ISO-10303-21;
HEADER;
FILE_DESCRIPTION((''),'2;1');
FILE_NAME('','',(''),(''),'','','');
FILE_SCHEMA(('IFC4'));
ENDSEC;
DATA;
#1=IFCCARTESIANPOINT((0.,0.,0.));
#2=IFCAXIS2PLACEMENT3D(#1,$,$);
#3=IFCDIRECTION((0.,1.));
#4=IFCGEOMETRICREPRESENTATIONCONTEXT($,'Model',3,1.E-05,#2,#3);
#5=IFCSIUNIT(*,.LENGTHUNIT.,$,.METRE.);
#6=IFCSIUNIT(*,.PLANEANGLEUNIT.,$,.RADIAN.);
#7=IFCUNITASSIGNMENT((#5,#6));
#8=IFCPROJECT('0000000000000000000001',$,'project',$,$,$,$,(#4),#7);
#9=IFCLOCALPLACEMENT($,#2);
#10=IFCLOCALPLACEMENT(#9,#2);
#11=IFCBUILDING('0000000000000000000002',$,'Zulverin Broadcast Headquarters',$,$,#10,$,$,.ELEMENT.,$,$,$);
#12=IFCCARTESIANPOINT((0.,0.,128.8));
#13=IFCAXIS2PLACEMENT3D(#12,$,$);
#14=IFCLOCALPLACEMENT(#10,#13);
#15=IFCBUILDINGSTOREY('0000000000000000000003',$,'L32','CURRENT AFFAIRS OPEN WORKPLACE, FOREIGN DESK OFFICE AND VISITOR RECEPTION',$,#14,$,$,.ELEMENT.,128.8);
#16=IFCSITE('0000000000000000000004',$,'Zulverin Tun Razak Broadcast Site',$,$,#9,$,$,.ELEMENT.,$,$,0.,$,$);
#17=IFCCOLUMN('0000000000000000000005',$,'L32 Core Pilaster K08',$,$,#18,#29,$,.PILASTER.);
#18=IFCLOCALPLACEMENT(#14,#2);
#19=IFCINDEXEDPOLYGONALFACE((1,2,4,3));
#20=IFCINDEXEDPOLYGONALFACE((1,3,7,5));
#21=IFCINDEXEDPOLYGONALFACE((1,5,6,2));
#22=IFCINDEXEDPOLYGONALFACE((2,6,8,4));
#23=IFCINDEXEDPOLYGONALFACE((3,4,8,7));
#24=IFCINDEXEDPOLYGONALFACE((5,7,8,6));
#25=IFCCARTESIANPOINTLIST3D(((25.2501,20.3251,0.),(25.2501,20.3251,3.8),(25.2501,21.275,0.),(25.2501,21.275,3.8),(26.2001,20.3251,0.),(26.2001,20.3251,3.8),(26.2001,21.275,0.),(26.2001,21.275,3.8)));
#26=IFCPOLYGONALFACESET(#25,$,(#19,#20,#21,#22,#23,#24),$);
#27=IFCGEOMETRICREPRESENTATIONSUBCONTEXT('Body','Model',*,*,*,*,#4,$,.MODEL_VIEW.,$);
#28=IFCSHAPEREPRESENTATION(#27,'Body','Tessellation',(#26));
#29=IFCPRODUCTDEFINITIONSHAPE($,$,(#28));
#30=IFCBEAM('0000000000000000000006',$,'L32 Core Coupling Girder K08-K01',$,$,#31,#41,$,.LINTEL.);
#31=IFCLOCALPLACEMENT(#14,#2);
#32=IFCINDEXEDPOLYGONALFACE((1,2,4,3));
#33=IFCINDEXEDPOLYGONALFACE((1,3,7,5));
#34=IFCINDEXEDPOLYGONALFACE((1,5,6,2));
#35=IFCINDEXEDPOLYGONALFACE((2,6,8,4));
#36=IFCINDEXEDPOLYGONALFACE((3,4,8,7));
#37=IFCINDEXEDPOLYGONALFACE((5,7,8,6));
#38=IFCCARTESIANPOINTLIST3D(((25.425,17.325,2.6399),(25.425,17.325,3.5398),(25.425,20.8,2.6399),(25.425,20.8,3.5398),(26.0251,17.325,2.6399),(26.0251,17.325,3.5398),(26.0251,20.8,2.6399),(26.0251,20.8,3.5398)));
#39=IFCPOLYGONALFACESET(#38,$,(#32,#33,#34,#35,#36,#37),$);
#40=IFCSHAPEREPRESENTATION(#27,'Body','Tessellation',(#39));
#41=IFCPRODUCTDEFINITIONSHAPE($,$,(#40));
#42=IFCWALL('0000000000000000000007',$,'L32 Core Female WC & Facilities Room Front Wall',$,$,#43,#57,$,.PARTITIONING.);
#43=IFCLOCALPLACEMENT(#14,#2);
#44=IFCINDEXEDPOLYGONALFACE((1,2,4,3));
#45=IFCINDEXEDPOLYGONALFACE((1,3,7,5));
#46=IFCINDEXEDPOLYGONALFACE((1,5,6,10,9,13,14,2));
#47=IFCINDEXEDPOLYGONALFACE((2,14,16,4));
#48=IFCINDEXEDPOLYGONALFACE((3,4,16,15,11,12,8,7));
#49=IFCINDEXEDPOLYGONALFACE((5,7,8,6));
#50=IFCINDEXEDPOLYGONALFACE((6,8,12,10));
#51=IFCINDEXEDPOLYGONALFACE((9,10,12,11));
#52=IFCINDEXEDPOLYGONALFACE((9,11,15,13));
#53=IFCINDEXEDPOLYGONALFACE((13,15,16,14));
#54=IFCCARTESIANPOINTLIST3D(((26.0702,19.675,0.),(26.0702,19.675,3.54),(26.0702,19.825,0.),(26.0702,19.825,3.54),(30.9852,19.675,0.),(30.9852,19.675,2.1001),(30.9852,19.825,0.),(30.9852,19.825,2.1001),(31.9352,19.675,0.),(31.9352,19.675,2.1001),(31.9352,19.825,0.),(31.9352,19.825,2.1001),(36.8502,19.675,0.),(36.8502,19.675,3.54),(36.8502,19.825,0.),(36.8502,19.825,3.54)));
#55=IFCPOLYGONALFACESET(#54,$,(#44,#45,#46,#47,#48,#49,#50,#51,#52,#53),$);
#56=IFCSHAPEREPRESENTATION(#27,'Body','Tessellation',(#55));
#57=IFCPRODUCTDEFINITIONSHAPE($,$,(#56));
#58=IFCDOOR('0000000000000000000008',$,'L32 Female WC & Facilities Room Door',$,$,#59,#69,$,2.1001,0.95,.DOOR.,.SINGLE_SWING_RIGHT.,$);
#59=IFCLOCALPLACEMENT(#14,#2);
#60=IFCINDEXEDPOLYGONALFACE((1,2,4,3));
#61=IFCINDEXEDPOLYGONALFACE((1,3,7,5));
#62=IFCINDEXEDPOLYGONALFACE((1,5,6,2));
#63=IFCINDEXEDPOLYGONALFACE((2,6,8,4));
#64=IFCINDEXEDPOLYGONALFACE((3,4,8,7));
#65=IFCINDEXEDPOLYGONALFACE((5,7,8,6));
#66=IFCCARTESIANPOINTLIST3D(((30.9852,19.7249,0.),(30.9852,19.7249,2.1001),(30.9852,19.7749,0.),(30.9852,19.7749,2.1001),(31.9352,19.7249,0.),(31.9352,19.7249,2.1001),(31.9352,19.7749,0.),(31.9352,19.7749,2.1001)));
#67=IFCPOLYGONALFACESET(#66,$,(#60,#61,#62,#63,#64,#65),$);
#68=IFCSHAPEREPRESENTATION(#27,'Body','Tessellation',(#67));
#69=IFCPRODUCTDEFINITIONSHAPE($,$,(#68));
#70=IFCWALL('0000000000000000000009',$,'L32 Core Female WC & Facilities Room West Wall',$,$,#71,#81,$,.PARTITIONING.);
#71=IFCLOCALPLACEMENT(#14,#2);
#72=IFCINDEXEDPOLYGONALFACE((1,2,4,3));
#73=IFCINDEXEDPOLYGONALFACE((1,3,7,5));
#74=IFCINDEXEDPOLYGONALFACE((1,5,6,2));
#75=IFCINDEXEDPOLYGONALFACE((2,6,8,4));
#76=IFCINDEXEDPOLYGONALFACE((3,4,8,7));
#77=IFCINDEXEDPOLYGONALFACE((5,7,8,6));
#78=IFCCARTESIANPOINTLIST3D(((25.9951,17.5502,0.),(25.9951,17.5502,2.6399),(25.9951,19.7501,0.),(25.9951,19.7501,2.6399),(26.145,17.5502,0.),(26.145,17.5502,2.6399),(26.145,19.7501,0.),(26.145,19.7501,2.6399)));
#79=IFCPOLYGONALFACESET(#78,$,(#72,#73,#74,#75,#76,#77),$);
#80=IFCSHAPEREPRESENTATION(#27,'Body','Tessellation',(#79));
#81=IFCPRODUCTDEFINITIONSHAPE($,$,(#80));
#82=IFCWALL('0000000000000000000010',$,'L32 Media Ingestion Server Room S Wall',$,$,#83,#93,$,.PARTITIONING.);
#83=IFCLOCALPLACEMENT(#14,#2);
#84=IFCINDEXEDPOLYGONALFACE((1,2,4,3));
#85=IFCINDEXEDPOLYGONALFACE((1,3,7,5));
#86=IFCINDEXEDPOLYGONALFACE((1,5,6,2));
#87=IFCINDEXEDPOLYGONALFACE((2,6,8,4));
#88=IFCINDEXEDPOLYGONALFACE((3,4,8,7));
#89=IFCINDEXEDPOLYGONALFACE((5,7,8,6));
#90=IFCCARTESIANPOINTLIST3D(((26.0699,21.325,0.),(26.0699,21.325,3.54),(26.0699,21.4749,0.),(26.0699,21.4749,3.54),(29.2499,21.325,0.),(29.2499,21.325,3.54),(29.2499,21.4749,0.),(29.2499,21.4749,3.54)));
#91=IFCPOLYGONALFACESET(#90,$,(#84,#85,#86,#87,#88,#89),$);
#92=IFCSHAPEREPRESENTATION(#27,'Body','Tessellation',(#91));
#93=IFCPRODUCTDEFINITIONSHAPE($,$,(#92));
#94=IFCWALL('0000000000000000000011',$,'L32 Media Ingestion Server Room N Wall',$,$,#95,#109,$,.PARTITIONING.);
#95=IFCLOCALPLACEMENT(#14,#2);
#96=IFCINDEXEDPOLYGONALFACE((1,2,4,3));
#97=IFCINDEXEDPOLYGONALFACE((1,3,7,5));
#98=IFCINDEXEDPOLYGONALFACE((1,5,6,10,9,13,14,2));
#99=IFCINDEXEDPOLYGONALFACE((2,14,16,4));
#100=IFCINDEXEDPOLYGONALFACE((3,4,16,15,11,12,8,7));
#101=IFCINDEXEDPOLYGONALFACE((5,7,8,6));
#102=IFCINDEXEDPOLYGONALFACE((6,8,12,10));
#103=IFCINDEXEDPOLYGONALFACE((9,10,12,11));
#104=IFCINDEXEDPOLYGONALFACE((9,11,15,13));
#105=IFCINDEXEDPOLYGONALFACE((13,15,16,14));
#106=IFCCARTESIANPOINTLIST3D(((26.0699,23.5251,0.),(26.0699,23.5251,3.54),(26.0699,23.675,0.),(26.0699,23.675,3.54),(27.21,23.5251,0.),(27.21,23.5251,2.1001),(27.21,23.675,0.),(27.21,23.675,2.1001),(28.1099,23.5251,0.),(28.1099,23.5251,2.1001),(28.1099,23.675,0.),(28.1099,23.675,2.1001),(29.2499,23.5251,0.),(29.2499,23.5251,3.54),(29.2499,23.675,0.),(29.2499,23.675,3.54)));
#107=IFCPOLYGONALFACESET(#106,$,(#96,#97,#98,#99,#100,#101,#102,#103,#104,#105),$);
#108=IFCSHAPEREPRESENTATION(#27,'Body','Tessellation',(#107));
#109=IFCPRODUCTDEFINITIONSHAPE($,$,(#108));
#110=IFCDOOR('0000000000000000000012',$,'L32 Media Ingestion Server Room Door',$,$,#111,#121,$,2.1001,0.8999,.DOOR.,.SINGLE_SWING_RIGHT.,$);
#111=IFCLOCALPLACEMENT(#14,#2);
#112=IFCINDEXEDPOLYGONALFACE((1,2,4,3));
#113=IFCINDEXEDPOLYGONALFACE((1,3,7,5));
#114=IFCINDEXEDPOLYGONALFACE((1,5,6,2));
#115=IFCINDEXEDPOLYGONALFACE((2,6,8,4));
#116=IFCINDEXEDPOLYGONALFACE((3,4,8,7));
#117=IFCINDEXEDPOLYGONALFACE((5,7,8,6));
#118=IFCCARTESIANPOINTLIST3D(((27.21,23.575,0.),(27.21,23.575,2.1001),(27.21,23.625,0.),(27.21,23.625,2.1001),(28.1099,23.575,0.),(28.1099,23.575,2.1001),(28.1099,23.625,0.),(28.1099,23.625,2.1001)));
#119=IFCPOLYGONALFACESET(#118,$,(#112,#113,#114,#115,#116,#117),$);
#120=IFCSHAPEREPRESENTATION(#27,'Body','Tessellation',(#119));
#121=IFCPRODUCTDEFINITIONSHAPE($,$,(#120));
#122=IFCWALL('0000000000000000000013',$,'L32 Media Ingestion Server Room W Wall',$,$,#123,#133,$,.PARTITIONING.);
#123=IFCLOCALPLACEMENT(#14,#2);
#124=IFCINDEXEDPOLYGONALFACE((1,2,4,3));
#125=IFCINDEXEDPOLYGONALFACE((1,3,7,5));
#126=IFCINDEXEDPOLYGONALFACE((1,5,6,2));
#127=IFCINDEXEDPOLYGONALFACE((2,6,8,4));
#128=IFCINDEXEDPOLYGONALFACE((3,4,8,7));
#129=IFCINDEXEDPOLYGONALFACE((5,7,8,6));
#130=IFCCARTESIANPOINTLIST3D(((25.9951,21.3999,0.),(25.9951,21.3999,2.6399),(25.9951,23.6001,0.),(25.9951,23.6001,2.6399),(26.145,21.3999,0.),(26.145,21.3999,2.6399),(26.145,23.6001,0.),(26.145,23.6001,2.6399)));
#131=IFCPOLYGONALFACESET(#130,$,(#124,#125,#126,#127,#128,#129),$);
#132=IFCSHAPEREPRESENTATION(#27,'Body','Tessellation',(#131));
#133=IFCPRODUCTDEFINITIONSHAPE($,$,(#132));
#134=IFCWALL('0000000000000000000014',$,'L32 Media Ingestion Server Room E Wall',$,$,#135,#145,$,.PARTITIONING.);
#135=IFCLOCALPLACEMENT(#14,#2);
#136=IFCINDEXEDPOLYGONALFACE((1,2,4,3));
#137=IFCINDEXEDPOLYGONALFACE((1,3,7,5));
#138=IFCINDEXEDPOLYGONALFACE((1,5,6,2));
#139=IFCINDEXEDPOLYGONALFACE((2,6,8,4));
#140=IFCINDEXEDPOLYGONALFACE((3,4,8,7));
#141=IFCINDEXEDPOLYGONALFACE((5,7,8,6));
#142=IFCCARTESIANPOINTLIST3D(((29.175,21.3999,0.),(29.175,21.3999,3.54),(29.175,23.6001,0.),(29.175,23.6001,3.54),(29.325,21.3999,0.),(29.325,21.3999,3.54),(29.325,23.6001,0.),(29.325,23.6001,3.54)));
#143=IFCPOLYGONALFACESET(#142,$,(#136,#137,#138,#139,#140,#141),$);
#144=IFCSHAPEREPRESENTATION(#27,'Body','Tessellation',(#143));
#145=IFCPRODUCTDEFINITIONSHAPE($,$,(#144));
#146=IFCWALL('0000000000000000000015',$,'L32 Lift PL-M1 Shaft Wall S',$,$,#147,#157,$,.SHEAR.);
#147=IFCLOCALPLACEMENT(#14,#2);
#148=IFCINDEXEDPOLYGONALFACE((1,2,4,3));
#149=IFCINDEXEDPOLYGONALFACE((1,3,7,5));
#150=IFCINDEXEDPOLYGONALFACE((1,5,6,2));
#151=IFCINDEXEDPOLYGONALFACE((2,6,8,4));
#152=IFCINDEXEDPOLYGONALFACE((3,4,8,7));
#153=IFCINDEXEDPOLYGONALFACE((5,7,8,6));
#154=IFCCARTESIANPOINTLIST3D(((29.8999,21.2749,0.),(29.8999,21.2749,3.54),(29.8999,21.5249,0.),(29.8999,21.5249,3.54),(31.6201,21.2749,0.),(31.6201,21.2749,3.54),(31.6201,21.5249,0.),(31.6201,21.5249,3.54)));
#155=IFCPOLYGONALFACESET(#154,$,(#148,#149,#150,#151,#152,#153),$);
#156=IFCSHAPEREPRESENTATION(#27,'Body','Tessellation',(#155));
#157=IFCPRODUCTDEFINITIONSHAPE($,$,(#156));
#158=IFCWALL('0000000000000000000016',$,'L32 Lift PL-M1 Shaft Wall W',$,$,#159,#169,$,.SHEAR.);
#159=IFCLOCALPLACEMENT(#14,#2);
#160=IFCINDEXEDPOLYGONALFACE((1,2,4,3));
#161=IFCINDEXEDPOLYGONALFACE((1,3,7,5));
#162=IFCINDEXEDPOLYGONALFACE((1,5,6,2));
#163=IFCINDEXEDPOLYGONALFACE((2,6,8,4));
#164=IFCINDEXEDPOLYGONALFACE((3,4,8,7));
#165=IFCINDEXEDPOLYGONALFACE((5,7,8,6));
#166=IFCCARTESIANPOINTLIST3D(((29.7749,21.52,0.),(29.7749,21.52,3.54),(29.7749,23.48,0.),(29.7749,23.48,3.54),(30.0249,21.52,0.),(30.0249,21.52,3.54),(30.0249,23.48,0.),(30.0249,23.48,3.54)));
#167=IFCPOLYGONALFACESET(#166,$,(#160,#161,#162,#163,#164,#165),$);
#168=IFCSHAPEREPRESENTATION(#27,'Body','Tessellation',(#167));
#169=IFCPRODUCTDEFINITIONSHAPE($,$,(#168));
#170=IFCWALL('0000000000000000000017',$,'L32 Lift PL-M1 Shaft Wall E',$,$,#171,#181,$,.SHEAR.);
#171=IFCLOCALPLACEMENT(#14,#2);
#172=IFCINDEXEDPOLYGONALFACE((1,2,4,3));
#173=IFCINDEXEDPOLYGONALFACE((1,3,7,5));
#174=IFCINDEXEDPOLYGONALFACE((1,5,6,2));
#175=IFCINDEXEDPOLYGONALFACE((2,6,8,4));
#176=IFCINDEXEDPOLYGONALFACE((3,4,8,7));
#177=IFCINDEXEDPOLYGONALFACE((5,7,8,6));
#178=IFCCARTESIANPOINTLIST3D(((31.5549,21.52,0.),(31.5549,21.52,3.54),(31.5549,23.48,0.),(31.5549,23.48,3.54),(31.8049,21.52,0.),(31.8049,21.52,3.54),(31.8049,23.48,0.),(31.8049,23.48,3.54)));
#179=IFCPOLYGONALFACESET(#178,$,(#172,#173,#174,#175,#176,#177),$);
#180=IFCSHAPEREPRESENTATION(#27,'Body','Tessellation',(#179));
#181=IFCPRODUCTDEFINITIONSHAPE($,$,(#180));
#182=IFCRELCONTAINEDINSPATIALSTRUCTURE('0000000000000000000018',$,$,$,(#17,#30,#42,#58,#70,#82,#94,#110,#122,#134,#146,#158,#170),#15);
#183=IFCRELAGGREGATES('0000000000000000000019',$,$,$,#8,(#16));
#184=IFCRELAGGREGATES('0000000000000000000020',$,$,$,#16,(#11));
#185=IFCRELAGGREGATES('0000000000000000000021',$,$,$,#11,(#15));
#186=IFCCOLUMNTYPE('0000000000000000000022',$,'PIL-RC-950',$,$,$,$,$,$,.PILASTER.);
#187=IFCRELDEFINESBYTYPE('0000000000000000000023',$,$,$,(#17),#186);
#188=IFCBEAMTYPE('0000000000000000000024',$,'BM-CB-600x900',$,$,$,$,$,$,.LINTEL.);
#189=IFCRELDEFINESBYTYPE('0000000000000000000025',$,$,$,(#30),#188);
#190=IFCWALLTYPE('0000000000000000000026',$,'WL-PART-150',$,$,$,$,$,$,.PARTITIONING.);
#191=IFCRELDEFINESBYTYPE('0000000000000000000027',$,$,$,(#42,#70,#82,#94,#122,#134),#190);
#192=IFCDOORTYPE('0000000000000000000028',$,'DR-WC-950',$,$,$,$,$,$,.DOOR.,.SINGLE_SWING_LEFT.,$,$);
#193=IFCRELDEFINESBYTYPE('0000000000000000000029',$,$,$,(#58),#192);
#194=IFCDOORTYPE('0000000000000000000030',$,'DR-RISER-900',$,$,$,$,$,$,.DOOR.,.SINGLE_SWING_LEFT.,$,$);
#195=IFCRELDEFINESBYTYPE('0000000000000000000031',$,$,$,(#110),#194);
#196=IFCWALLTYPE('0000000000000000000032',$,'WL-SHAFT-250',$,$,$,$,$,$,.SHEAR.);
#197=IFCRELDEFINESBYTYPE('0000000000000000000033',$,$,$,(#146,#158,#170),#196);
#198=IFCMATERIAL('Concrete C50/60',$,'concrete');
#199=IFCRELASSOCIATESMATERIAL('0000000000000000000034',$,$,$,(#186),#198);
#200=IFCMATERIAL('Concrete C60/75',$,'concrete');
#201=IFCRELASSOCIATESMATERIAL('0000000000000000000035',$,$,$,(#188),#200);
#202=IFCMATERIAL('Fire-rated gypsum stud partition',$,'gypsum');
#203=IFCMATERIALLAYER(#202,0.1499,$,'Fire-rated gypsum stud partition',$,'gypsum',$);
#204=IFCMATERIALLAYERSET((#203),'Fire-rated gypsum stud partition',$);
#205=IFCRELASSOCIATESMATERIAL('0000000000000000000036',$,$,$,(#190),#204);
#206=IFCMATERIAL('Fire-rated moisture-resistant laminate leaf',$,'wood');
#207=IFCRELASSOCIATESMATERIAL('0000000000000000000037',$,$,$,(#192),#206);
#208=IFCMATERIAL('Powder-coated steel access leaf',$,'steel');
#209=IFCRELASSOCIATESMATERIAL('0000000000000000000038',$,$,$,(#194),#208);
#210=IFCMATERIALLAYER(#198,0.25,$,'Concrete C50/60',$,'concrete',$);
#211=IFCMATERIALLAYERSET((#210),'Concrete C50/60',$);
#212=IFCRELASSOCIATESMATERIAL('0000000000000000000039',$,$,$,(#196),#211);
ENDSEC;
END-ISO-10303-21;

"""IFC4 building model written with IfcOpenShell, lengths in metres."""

from ifc_helpers import new_model, si_unit, direction, frame, frame_2d, origin, origin_2d, place, context, subcontext, project, spatial, rectangle, extrude, material, layer, layer_set, material_profile, profile_set, type_object, element, fill, save


model = new_model("IFC4")

# Units and contexts
model_context = context("Model", 3, precision=1e-05, world=origin(), true_north=direction((0.0, 1.0)))
body_context = subcontext(model_context, "Body", "Model", "MODEL_VIEW")
ifc_project = project(units=[si_unit("LENGTHUNIT", "METRE"), si_unit("PLANEANGLEUNIT", "RADIAN")], contexts=[model_context])

# Site, building, storey
site_placement = place(None, origin())
site = spatial("IfcSite", under=ifc_project, at=site_placement, Name="Zulverin Tun Razak Broadcast Site", CompositionType="ELEMENT", RefElevation=0.0)
building_placement = place(site_placement, origin())
building = spatial("IfcBuilding", under=site, at=building_placement, Name="Zulverin Broadcast Headquarters", CompositionType="ELEMENT")
storey_placement = place(building_placement, frame((0.0, 0.0, 128.8)))
storey = spatial("IfcBuildingStorey", under=building, at=storey_placement, Name="L32", Description="CURRENT AFFAIRS OPEN WORKPLACE, FOREIGN DESK OFFICE AND VISITOR RECEPTION", CompositionType="ELEMENT", Elevation=128.8)

# Column
ifc_material_1 = material(Name="Concrete C50/60", Category="concrete")
ifc_material_profile_1 = material_profile(ifc_material_1, rectangle(XDim=0.95, YDim=0.95, at=origin_2d()), Name="Concrete C50/60", Category="concrete")
ifc_profile_set_1 = profile_set([ifc_material_profile_1], Name="Concrete C50/60")
column_type = type_object("IfcColumnType", Name="PIL-RC-950", PredefinedType="PILASTER", material=ifc_profile_set_1)
column_placement = place(storey_placement, frame((25.7251, 20.8, 0.0), z_axis=(0.0, 0.0, 1.0), x_axis=(1.0, 0.0, 0.0)))
element("IfcColumn", 1, at=column_placement, inside=storey, type_object=column_type, Name="L32 Core Pilaster K08", PredefinedType="PILASTER", context=body_context, shape_type="SweptSolid", body=[
    extrude(rectangle(XDim=0.95, YDim=0.95, at=origin_2d()), origin(), (0.0, 0.0, 1.0), 3.8),
])

# Beam
ifc_material_2 = material(Name="Concrete C60/75", Category="concrete")
ifc_material_profile_2 = material_profile(ifc_material_2, rectangle(XDim=0.6001, YDim=0.8999, at=origin_2d()), Name="Concrete C60/75", Category="concrete")
ifc_profile_set_2 = profile_set([ifc_material_profile_2], Name="Concrete C60/75")
beam_type = type_object("IfcBeamType", Name="BM-CB-600x900", PredefinedType="LINTEL", material=ifc_profile_set_2)
beam_placement = place(storey_placement, frame((25.7251, 20.8, 3.0898), z_axis=(0.0, -1.0, 0.0), x_axis=(1.0, 0.0, 0.0)))
element("IfcBeam", 2, at=beam_placement, inside=storey, type_object=beam_type, Name="L32 Core Coupling Girder K08-K01", PredefinedType="LINTEL", context=body_context, shape_type="SweptSolid", body=[
    extrude(rectangle(XDim=0.6001, YDim=0.8999, at=origin_2d()), origin(), (0.0, 0.0, 1.0), 3.4751),
])

# Wall, opening, door
ifc_material_3 = material(Name="Fire-rated gypsum stud partition", Category="gypsum")
ifc_layer_1 = layer(ifc_material_3, 0.1499, Name="Fire-rated gypsum stud partition", Category="gypsum")
ifc_layer_set_1 = layer_set([ifc_layer_1], Name="Fire-rated gypsum stud partition")
wall_type_1 = type_object("IfcWallType", Name="WL-PART-150", PredefinedType="PARTITIONING", material=ifc_layer_set_1)
wall_1_placement = place(storey_placement, frame((26.0701, 19.75, 0.0), z_axis=(0.0, 0.0, 1.0), x_axis=(1.0, 0.0, 0.0)))
wall_1 = element("IfcWall", 3, at=wall_1_placement, inside=storey, type_object=wall_type_1, Name="L32 Core Female WC & Facilities Room Front Wall", PredefinedType="PARTITIONING", context=body_context, shape_type="SweptSolid", body=[
    extrude(rectangle(XDim=10.78, YDim=0.1499, at=frame_2d((5.3901, 0.0))), origin(), (0.0, 0.0, 1.0), 3.54),
])
opening_1_placement = place(wall_1_placement, frame((4.915, 0.0, 0.0)))
opening_1 = element("IfcOpeningElement", 4, at=opening_1_placement, cuts=wall_1, PredefinedType="OPENING", context=body_context, shape_type="SweptSolid", body=[
    extrude(rectangle(XDim=0.95, YDim=2.1001, at=frame_2d((0.4751, 1.05))), frame((0.0, 0.085, 0.0), z_axis=(0.0, -1.0, 0.0), x_axis=(1.0, 0.0, 0.0)), (0.0, 0.0, 1.0), 0.1699),
])
ifc_material_4 = material(Name="Fire-rated moisture-resistant laminate leaf", Category="wood")
door_type_1 = type_object("IfcDoorType", Name="DR-WC-950", OperationType="SINGLE_SWING_LEFT", PredefinedType="DOOR", material=ifc_material_4)
door_1_placement = place(opening_1_placement, origin())
door_1 = element("IfcDoor", 5, at=door_1_placement, inside=storey, type_object=door_type_1, Name="L32 Female WC & Facilities Room Door", OperationType="SINGLE_SWING_RIGHT", OverallHeight=2.1001, OverallWidth=0.95, PredefinedType="DOOR", context=body_context, shape_type="SweptSolid", body=[
    extrude(rectangle(XDim=0.95, YDim=2.1001, at=frame_2d((0.4751, 1.05))), frame((0.0, 0.0249, 0.0), z_axis=(0.0, -1.0, 0.0), x_axis=(1.0, 0.0, 0.0)), (0.0, 0.0, 1.0), 0.05),
])
fill(opening_1, door_1)

# Walls
wall_2_placement = place(storey_placement, frame((26.0701, 17.55, 0.0), z_axis=(0.0, 0.0, 1.0), x_axis=(0.0, 1.0, 0.0)))
element("IfcWall", 6, at=wall_2_placement, inside=storey, type_object=wall_type_1, Name="L32 Core Female WC & Facilities Room West Wall", PredefinedType="PARTITIONING", context=body_context, shape_type="SweptSolid", body=[
    extrude(rectangle(XDim=2.2, YDim=0.1499, at=frame_2d((1.1001, 0.0))), origin(), (0.0, 0.0, 1.0), 2.6399),
])
wall_3_placement = place(storey_placement, frame((26.0701, 21.3999, 0.0), z_axis=(0.0, 0.0, 1.0), x_axis=(1.0, 0.0, 0.0)))
element("IfcWall", 7, at=wall_3_placement, inside=storey, type_object=wall_type_1, Name="L32 Media Ingestion Server Room S Wall", PredefinedType="PARTITIONING", context=body_context, shape_type="SweptSolid", body=[
    extrude(rectangle(XDim=3.1799, YDim=0.1499, at=frame_2d((1.5898, 0.0))), origin(), (0.0, 0.0, 1.0), 3.54),
])

# Wall, opening, door
wall_4_placement = place(storey_placement, frame((26.0701, 23.6001, 0.0), z_axis=(0.0, 0.0, 1.0), x_axis=(1.0, 0.0, 0.0)))
wall_4 = element("IfcWall", 8, at=wall_4_placement, inside=storey, type_object=wall_type_1, Name="L32 Media Ingestion Server Room N Wall", PredefinedType="PARTITIONING", context=body_context, shape_type="SweptSolid", body=[
    extrude(rectangle(XDim=3.1799, YDim=0.1499, at=frame_2d((1.5898, 0.0))), origin(), (0.0, 0.0, 1.0), 3.54),
])
opening_2_placement = place(wall_4_placement, frame((1.1399, 0.0, 0.0)))
opening_2 = element("IfcOpeningElement", 9, at=opening_2_placement, cuts=wall_4, PredefinedType="OPENING", context=body_context, shape_type="SweptSolid", body=[
    extrude(rectangle(XDim=0.8999, YDim=2.1001, at=frame_2d((0.45, 1.05))), frame((0.0, 0.085, 0.0), z_axis=(0.0, -1.0, 0.0), x_axis=(1.0, 0.0, 0.0)), (0.0, 0.0, 1.0), 0.1699),
])
ifc_material_5 = material(Name="Powder-coated steel access leaf", Category="steel")
door_type_2 = type_object("IfcDoorType", Name="DR-RISER-900", OperationType="SINGLE_SWING_LEFT", PredefinedType="DOOR", material=ifc_material_5)
door_2_placement = place(opening_2_placement, origin())
door_2 = element("IfcDoor", 10, at=door_2_placement, inside=storey, type_object=door_type_2, Name="L32 Media Ingestion Server Room Door", OperationType="SINGLE_SWING_RIGHT", OverallHeight=2.1001, OverallWidth=0.8999, PredefinedType="DOOR", context=body_context, shape_type="SweptSolid", body=[
    extrude(rectangle(XDim=0.8999, YDim=2.1001, at=frame_2d((0.45, 1.05))), frame((0.0, 0.0249, 0.0), z_axis=(0.0, -1.0, 0.0), x_axis=(1.0, 0.0, 0.0)), (0.0, 0.0, 1.0), 0.05),
])
fill(opening_2, door_2)

# Walls
wall_5_placement = place(storey_placement, frame((26.0701, 21.3999, 0.0), z_axis=(0.0, 0.0, 1.0), x_axis=(0.0, 1.0, 0.0)))
element("IfcWall", 11, at=wall_5_placement, inside=storey, type_object=wall_type_1, Name="L32 Media Ingestion Server Room W Wall", PredefinedType="PARTITIONING", context=body_context, shape_type="SweptSolid", body=[
    extrude(rectangle(XDim=2.2002, YDim=0.1499, at=frame_2d((1.1001, 0.0))), origin(), (0.0, 0.0, 1.0), 2.6399),
])
wall_6_placement = place(storey_placement, frame((29.25, 21.3999, 0.0), z_axis=(0.0, 0.0, 1.0), x_axis=(0.0, 1.0, 0.0)))
element("IfcWall", 12, at=wall_6_placement, inside=storey, type_object=wall_type_1, Name="L32 Media Ingestion Server Room E Wall", PredefinedType="PARTITIONING", context=body_context, shape_type="SweptSolid", body=[
    extrude(rectangle(XDim=2.2002, YDim=0.1499, at=frame_2d((1.1001, 0.0))), origin(), (0.0, 0.0, 1.0), 3.54),
])
ifc_layer_2 = layer(ifc_material_1, 0.25, Name="Concrete C50/60", Category="concrete")
ifc_layer_set_2 = layer_set([ifc_layer_2], Name="Concrete C50/60")
wall_type_2 = type_object("IfcWallType", Name="WL-SHAFT-250", PredefinedType="SHEAR", material=ifc_layer_set_2)
wall_7_placement = place(storey_placement, frame((29.8999, 21.3999, 0.0), z_axis=(0.0, 0.0, 1.0), x_axis=(1.0, 0.0, 0.0)))
element("IfcWall", 13, at=wall_7_placement, inside=storey, type_object=wall_type_2, Name="L32 Lift PL-M1 Shaft Wall S", PredefinedType="SHEAR", context=body_context, shape_type="SweptSolid", body=[
    extrude(rectangle(XDim=1.7202, YDim=0.25, at=frame_2d((0.8601, 0.0))), origin(), (0.0, 0.0, 1.0), 3.54),
])

# Walls
for number, where, z_axis, x_axis, name in (
    (14, (29.8999, 21.52, 0.0), (0.0, 0.0, 1.0), (0.0, 1.0, 0.0), "L32 Lift PL-M1 Shaft Wall W"),
    (15, (31.6799, 21.52, 0.0), (0.0, 0.0, 1.0), (0.0, 1.0, 0.0), "L32 Lift PL-M1 Shaft Wall E"),
):
    element("IfcWall", number, at=place(storey_placement, frame(where, z_axis=z_axis, x_axis=x_axis)), inside=storey, type_object=wall_type_2, Name=name, PredefinedType="SHEAR", context=body_context, shape_type="SweptSolid", body=[
        extrude(rectangle(XDim=1.96, YDim=0.25, at=frame_2d((0.98, 0.0))), origin(), (0.0, 0.0, 1.0), 3.54),
    ])

save(model, "model.ifc")
